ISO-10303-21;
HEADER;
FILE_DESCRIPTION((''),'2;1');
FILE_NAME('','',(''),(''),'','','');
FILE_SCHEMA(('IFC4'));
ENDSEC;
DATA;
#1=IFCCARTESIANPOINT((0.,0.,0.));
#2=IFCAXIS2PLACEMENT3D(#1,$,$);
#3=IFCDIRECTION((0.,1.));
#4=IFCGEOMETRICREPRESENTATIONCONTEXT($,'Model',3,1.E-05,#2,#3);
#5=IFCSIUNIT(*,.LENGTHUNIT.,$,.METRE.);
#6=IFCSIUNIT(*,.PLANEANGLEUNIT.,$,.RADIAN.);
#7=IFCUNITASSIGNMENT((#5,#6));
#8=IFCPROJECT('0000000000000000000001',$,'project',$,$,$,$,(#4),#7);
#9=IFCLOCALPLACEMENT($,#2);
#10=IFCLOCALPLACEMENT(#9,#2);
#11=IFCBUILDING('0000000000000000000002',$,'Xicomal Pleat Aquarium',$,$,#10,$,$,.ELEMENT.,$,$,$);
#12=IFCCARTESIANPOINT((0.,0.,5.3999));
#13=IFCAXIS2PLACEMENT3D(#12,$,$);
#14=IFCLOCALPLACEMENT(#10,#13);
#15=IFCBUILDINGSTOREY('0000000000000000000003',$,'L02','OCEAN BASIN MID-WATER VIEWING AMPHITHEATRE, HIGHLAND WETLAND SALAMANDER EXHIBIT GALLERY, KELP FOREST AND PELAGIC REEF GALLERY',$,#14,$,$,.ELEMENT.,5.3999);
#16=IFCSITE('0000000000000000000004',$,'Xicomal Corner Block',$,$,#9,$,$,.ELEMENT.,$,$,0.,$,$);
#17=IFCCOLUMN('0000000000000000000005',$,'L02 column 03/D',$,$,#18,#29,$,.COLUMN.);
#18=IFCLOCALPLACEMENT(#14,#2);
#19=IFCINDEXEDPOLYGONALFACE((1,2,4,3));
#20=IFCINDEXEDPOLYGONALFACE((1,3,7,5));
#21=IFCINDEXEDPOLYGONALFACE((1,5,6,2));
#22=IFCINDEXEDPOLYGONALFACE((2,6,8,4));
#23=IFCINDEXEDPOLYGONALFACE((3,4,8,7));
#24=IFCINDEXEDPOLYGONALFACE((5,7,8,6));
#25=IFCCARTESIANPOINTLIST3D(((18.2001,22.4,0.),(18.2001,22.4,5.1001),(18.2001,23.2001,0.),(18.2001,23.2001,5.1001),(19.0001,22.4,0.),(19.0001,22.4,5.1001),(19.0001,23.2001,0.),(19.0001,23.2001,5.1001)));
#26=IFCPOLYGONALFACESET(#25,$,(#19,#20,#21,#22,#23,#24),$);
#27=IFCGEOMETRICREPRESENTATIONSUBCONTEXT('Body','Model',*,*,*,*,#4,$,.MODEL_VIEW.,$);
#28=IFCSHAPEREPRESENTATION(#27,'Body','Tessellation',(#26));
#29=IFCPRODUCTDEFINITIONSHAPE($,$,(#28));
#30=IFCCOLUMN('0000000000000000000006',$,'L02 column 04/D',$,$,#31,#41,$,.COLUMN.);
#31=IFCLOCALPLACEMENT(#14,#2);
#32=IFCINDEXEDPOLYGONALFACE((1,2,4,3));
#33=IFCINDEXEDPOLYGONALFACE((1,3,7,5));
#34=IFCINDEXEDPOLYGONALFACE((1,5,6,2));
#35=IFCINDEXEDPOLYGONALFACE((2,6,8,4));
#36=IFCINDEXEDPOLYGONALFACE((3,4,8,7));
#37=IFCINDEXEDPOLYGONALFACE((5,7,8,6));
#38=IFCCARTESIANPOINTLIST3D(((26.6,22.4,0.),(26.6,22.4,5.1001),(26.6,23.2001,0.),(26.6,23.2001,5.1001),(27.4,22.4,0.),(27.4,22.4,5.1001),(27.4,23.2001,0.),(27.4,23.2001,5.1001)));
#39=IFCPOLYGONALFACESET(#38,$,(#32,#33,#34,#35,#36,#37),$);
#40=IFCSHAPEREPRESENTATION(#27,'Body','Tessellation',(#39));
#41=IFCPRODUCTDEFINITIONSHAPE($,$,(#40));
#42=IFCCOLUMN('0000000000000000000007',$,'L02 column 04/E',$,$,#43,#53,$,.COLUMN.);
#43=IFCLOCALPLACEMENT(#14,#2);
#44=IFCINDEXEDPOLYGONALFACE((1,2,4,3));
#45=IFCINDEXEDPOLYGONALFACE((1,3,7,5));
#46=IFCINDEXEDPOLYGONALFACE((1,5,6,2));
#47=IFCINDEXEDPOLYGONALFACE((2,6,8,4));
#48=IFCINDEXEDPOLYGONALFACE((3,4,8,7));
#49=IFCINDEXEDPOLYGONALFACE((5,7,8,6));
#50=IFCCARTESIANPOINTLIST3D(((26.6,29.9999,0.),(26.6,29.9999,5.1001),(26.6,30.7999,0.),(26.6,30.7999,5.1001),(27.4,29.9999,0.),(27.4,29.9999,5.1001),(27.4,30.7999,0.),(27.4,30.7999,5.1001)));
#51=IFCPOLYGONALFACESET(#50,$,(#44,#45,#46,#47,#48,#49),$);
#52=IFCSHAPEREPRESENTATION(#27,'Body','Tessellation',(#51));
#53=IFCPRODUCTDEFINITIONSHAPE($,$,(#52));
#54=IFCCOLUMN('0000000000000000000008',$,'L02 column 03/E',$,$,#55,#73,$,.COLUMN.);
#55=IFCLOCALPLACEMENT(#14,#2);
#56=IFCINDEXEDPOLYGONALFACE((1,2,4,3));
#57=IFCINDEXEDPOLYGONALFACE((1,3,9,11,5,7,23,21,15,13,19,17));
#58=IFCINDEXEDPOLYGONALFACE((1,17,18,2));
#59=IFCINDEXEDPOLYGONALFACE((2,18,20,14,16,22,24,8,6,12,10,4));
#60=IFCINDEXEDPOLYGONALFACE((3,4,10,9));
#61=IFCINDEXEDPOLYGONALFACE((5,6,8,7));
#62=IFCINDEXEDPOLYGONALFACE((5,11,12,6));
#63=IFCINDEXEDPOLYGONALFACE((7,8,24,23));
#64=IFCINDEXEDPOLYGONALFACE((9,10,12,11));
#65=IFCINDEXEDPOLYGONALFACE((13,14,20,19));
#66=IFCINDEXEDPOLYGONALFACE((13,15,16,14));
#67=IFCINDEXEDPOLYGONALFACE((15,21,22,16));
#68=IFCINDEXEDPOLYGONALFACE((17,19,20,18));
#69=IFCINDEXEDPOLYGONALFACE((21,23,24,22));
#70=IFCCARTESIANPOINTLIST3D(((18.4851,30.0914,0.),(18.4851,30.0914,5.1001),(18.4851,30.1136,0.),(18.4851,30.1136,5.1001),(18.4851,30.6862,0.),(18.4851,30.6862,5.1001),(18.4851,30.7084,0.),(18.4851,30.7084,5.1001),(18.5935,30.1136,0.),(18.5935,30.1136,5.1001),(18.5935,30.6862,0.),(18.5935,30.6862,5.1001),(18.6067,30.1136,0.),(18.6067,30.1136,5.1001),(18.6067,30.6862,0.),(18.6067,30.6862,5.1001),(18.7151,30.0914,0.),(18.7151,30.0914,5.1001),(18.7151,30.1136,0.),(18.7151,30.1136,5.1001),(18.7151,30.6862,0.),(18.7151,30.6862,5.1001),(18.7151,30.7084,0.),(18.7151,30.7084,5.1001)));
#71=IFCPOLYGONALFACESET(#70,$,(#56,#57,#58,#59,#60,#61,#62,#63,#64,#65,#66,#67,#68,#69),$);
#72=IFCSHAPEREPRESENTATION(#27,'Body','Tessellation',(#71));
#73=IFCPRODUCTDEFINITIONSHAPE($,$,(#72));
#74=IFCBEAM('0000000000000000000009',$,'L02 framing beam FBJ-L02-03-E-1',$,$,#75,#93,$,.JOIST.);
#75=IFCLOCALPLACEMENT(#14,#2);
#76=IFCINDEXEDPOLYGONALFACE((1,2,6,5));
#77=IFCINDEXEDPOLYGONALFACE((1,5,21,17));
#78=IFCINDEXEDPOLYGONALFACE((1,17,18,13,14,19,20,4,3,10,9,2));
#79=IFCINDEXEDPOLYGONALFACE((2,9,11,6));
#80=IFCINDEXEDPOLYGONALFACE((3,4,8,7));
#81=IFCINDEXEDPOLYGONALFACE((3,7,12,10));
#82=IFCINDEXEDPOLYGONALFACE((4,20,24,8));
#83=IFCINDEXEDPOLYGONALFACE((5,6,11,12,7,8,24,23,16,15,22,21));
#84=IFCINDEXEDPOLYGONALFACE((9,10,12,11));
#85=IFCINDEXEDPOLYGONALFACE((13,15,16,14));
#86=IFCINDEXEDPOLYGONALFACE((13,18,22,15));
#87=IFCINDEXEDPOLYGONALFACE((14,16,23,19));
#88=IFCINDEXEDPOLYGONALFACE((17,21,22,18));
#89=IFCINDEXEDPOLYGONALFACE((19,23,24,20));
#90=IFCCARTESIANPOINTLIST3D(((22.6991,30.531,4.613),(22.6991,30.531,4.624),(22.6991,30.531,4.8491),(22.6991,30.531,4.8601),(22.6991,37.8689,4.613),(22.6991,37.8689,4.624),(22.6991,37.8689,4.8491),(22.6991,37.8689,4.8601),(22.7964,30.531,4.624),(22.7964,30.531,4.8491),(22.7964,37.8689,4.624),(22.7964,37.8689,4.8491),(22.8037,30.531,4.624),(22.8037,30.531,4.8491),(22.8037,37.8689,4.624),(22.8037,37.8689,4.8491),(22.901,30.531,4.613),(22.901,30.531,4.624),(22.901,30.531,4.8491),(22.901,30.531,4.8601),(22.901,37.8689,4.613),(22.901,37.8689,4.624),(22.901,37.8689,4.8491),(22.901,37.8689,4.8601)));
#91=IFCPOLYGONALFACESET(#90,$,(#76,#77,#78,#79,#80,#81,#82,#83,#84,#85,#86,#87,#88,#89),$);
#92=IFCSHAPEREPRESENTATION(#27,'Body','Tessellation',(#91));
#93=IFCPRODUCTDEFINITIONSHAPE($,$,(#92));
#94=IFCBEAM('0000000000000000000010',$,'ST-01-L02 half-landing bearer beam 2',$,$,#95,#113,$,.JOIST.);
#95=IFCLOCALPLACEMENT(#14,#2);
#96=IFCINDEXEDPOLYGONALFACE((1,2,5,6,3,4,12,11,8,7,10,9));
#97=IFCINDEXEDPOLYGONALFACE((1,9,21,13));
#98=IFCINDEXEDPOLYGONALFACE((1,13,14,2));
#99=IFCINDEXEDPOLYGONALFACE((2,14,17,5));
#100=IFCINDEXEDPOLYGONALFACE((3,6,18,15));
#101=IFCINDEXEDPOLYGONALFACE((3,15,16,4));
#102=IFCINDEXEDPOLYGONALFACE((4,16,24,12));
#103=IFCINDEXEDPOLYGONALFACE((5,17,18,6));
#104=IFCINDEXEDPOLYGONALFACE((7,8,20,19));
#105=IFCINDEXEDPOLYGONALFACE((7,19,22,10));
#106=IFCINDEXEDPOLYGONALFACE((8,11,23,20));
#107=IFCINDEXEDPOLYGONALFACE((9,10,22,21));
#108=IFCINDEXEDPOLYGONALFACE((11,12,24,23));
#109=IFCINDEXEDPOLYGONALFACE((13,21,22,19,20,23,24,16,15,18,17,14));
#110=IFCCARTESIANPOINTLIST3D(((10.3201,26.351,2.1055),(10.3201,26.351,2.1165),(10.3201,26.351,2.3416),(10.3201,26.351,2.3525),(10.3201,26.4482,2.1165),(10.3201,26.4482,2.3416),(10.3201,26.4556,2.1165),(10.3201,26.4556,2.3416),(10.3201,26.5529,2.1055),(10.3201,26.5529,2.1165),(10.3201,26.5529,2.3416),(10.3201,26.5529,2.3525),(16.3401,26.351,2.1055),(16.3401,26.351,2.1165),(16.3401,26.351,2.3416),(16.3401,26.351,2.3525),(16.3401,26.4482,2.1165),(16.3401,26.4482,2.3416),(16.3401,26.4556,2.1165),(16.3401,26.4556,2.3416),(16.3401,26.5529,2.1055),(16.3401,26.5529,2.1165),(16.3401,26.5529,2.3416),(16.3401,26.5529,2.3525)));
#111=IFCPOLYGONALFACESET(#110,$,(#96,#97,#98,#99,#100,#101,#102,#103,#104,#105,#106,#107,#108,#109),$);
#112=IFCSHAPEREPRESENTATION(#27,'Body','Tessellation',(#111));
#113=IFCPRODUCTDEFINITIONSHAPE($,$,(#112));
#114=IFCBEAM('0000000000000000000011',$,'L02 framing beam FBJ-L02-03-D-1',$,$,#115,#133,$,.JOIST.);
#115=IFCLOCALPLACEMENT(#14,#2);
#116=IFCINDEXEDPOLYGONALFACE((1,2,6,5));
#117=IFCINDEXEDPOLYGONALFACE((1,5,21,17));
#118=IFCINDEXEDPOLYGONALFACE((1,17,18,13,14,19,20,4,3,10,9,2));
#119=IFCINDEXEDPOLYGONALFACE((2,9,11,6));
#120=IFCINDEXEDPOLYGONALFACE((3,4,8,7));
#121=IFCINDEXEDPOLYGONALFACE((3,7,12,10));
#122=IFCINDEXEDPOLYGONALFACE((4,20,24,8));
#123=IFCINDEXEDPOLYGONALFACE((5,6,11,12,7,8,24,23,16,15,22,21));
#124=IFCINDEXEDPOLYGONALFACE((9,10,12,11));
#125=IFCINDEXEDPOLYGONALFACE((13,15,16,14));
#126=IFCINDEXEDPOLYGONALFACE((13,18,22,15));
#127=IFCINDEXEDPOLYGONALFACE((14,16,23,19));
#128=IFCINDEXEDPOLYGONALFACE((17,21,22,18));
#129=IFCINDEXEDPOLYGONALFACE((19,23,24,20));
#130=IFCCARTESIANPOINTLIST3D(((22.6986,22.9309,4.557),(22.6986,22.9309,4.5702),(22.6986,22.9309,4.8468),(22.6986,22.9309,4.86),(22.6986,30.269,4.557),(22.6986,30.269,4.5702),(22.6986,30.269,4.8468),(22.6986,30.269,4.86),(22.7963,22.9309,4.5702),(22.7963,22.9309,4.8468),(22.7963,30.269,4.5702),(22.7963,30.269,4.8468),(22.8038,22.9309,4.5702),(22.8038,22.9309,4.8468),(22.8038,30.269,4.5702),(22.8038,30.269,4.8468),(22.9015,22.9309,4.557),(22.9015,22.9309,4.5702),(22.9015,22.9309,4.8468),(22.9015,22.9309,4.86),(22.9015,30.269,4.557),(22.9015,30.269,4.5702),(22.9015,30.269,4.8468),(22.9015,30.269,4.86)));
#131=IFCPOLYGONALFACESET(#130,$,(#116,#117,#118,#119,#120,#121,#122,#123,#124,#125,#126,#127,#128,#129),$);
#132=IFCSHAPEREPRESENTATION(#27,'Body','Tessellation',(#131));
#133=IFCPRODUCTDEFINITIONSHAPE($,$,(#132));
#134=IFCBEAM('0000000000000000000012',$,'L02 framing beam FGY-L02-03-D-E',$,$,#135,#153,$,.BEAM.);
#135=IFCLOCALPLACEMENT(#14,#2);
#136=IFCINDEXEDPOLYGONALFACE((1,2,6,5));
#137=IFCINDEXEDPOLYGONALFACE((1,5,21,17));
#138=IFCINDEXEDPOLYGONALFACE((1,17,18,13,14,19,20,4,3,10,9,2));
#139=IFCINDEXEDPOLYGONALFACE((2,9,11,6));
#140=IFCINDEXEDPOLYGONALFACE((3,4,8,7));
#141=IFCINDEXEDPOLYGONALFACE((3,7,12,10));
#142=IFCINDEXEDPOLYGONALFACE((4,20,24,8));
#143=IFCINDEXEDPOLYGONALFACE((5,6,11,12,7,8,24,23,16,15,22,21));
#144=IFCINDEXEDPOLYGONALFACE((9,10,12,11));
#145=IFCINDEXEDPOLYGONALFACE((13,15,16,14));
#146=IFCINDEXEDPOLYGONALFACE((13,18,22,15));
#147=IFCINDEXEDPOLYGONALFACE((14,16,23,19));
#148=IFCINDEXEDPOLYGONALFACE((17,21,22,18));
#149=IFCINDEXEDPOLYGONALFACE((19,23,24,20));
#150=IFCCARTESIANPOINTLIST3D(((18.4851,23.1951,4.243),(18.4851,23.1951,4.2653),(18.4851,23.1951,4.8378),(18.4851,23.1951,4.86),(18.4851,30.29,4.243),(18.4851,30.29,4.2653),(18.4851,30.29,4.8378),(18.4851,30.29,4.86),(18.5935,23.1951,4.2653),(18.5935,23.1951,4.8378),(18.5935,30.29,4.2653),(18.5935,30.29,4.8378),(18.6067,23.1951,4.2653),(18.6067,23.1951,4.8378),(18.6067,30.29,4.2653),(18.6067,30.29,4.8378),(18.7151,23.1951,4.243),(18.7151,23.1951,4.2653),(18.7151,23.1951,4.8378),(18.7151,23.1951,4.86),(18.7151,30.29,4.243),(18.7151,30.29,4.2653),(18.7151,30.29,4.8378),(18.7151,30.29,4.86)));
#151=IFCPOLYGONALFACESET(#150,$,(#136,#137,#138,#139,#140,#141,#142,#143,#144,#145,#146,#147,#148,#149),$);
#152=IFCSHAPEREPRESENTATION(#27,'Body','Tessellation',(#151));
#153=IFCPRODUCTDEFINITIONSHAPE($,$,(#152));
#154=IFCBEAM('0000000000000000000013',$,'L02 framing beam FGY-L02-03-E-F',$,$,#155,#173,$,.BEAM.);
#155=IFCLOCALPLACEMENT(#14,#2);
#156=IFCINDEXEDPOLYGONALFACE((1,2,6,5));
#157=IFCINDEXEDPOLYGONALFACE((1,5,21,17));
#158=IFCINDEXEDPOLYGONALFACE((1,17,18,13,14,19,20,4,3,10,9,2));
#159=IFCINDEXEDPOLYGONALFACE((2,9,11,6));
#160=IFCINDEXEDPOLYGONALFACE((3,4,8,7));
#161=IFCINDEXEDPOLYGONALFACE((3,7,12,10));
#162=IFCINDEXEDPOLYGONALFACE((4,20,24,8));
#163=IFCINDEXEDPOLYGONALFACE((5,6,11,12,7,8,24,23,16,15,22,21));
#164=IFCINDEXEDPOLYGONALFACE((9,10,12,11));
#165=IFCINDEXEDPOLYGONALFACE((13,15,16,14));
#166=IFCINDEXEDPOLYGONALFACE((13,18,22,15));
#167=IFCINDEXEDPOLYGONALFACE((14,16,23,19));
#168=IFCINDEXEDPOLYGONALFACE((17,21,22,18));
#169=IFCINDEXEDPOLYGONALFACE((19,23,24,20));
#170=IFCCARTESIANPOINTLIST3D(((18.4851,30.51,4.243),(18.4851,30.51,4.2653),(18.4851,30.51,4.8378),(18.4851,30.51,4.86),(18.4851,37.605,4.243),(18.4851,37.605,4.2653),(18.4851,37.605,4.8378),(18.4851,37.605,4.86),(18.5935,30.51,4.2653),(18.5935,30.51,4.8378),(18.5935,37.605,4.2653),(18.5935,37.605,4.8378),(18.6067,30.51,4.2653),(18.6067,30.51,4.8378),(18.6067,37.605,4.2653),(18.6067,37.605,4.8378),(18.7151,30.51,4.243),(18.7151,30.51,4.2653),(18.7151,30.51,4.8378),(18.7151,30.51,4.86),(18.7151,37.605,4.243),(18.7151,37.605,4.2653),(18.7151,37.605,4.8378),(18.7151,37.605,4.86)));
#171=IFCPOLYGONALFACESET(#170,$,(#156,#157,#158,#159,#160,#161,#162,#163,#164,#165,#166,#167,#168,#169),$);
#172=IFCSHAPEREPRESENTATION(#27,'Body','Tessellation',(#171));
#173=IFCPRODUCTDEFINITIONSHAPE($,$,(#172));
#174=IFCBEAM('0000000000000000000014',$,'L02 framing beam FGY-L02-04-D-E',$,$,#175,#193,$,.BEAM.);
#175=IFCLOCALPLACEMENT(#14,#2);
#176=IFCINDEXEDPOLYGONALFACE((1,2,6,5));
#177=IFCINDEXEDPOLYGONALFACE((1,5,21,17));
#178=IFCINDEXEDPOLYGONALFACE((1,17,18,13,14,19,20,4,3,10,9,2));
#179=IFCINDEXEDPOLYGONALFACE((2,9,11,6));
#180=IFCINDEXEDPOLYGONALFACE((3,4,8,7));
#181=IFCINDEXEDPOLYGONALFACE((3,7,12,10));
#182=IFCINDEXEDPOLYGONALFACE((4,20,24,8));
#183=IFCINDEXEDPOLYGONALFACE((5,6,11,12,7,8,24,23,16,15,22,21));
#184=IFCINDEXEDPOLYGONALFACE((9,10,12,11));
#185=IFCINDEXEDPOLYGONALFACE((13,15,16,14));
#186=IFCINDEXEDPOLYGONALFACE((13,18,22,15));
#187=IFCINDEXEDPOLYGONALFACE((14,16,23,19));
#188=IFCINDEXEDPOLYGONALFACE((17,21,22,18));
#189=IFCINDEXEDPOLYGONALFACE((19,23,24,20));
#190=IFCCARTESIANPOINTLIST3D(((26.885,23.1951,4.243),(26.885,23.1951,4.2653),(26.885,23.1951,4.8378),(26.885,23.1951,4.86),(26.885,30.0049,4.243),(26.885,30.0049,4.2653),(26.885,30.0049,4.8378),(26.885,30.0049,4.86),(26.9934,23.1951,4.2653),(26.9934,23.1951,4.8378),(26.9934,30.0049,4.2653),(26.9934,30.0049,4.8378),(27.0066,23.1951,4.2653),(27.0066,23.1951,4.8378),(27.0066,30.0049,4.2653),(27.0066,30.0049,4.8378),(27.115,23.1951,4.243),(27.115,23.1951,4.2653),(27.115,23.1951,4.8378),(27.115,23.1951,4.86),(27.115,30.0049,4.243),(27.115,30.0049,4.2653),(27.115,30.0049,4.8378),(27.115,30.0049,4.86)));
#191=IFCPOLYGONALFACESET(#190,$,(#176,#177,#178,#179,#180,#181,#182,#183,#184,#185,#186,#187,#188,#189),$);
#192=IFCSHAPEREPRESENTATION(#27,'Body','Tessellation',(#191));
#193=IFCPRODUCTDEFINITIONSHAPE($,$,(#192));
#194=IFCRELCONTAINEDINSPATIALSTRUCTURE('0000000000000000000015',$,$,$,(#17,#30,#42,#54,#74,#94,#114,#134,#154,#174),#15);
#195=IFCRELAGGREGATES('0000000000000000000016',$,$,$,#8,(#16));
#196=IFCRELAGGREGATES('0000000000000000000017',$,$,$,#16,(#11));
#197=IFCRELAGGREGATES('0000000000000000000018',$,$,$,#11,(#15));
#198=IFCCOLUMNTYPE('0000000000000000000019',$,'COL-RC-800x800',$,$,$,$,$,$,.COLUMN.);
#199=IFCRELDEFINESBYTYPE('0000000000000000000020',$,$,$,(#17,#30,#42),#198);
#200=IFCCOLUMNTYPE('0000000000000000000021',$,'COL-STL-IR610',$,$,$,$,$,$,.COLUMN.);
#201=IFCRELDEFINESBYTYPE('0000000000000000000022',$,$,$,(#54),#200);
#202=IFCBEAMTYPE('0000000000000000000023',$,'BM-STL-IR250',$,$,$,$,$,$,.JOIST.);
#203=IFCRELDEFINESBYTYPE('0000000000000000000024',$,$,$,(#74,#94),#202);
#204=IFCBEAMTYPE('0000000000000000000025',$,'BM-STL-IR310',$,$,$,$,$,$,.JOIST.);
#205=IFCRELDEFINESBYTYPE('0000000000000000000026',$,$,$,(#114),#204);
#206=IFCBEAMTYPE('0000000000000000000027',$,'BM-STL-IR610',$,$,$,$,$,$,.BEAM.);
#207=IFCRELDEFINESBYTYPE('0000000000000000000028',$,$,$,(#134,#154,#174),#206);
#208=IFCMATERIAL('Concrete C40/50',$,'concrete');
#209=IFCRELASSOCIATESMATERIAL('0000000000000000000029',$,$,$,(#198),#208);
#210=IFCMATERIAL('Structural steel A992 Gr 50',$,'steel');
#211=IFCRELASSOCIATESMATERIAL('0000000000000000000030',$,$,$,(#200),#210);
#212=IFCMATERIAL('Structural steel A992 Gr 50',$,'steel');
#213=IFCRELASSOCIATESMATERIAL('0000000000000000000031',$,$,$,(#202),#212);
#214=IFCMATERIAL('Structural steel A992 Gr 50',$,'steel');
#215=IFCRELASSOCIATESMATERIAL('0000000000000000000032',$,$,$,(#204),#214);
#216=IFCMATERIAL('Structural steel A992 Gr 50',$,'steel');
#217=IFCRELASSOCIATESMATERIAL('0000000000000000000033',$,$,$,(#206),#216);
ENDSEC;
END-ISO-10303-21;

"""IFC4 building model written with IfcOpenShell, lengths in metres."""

from ifc_helpers import new_model, si_unit, direction, frame, origin, origin_2d, place, context, subcontext, project, spatial, rectangle, i_section, extrude, material, material_profile, profile_set, type_object, element, save


model = new_model("IFC4")

# Units and contexts
model_context = context("Model", 3, precision=1e-05, world=origin(), true_north=direction((0.0, 1.0)))
body_context = subcontext(model_context, "Body", "Model", "MODEL_VIEW")
ifc_project = project(units=[si_unit("LENGTHUNIT", "METRE"), si_unit("PLANEANGLEUNIT", "RADIAN")], contexts=[model_context])

# Site, building, storey
site_placement = place(None, origin())
site = spatial("IfcSite", under=ifc_project, at=site_placement, Name="Xicomal Corner Block", CompositionType="ELEMENT", RefElevation=0.0)
building_placement = place(site_placement, origin())
building = spatial("IfcBuilding", under=site, at=building_placement, Name="Xicomal Pleat Aquarium", CompositionType="ELEMENT")
storey_placement = place(building_placement, frame((0.0, 0.0, 5.3999)))
storey = spatial("IfcBuildingStorey", under=building, at=storey_placement, Name="L02", Description="OCEAN BASIN MID-WATER VIEWING AMPHITHEATRE, HIGHLAND WETLAND SALAMANDER EXHIBIT GALLERY, KELP FOREST AND PELAGIC REEF GALLERY", CompositionType="ELEMENT", Elevation=5.3999)

# Columns
ifc_material_1 = material(Name="Concrete C40/50", Category="concrete")
ifc_material_profile_1 = material_profile(ifc_material_1, rectangle(XDim=0.8, YDim=0.8, at=origin_2d()), Name="RC 800x800")
ifc_profile_set_1 = profile_set([ifc_material_profile_1], Name="Concrete C40/50")
column_type_1 = type_object("IfcColumnType", Name="COL-RC-800x800", PredefinedType="COLUMN", material=ifc_profile_set_1)
for number, where, z_axis, x_axis, name in (
    (1, (18.6001, 22.8, 0.0), (0.0, 0.0, 1.0), (1.0, 0.0, 0.0), "L02 column 03/D"),
    (2, (27.0, 22.8, 0.0), (0.0, 0.0, 1.0), (1.0, 0.0, 0.0), "L02 column 04/D"),
    (3, (27.0, 30.3999, 0.0), (0.0, 0.0, 1.0), (1.0, 0.0, 0.0), "L02 column 04/E"),
):
    element("IfcColumn", number, at=place(storey_placement, frame(where, z_axis=z_axis, x_axis=x_axis)), inside=storey, type_object=column_type_1, Name=name, PredefinedType="COLUMN", context=body_context, shape_type="SweptSolid", body=[
        extrude(rectangle(XDim=0.8, YDim=0.8, at=origin_2d()), origin(), (0.0, 0.0, 1.0), 5.1001),
    ])
ifc_material_2 = material(Name="Structural steel A992 Gr 50", Category="steel")
ifc_material_profile_2 = material_profile(ifc_material_2, i_section(OverallWidth=0.23, OverallDepth=0.6169, WebThickness=0.0132, FlangeThickness=0.0222, at=origin_2d()), Name="IR 610x140")
ifc_profile_set_2 = profile_set([ifc_material_profile_2], Name="Structural steel A992 Gr 50")
column_type_2 = type_object("IfcColumnType", Name="COL-STL-IR610", PredefinedType="COLUMN", material=ifc_profile_set_2)
column_placement = place(storey_placement, frame((18.6001, 30.3999, 0.0), z_axis=(0.0, 0.0, 1.0), x_axis=(1.0, 0.0, 0.0)))
element("IfcColumn", 4, at=column_placement, inside=storey, type_object=column_type_2, Name="L02 column 03/E", PredefinedType="COLUMN", context=body_context, shape_type="SweptSolid", body=[
    extrude(i_section(OverallWidth=0.23, OverallDepth=0.6169, WebThickness=0.0132, FlangeThickness=0.0222, at=origin_2d()), origin(), (0.0, 0.0, 1.0), 5.1001),
])

# Beams
ifc_material_3 = material(Name="Structural steel A992 Gr 50", Category="steel")
ifc_material_profile_3 = material_profile(ifc_material_3, i_section(OverallWidth=0.2019, OverallDepth=0.2471, WebThickness=0.0073, FlangeThickness=0.011, at=origin_2d()), Name="IR 250x49")
ifc_profile_set_3 = profile_set([ifc_material_profile_3], Name="Structural steel A992 Gr 50")
beam_type_1 = type_object("IfcBeamType", Name="BM-STL-IR250", PredefinedType="JOIST", material=ifc_profile_set_3)
beam_1_placement = place(storey_placement, frame((22.8, 30.531, 4.7366), z_axis=(0.0, 1.0, 0.0), x_axis=(-1.0, 0.0, 0.0)))
element("IfcBeam", 5, at=beam_1_placement, inside=storey, type_object=beam_type_1, Name="L02 framing beam FBJ-L02-03-E-1", PredefinedType="JOIST", context=body_context, shape_type="SweptSolid", body=[
    extrude(i_section(OverallWidth=0.2019, OverallDepth=0.2471, WebThickness=0.0073, FlangeThickness=0.011, at=origin_2d()), origin(), (0.0, 0.0, 1.0), 7.3379),
])
beam_2_placement = place(storey_placement, frame((10.3201, 26.4519, 2.229), z_axis=(1.0, 0.0, 0.0), x_axis=(0.0, 1.0, 0.0)))
element("IfcBeam", 6, at=beam_2_placement, inside=storey, type_object=beam_type_1, Name="ST-01-L02 half-landing bearer beam 2", PredefinedType="JOIST", context=body_context, shape_type="SweptSolid", body=[
    extrude(i_section(OverallWidth=0.2019, OverallDepth=0.2471, WebThickness=0.0073, FlangeThickness=0.011, at=origin_2d()), origin(), (0.0, 0.0, 1.0), 6.02),
])
ifc_material_4 = material(Name="Structural steel A992 Gr 50", Category="steel")
ifc_material_profile_4 = material_profile(ifc_material_4, i_section(OverallWidth=0.2029, OverallDepth=0.303, WebThickness=0.0076, FlangeThickness=0.0132, at=origin_2d()), Name="IR 310x60")
ifc_profile_set_4 = profile_set([ifc_material_profile_4], Name="Structural steel A992 Gr 50")
beam_type_2 = type_object("IfcBeamType", Name="BM-STL-IR310", PredefinedType="JOIST", material=ifc_profile_set_4)
beam_3_placement = place(storey_placement, frame((22.8, 22.9309, 4.7085), z_axis=(0.0, 1.0, 0.0), x_axis=(-1.0, 0.0, 0.0)))
element("IfcBeam", 7, at=beam_3_placement, inside=storey, type_object=beam_type_2, Name="L02 framing beam FBJ-L02-03-D-1", PredefinedType="JOIST", context=body_context, shape_type="SweptSolid", body=[
    extrude(i_section(OverallWidth=0.2029, OverallDepth=0.303, WebThickness=0.0076, FlangeThickness=0.0132, at=origin_2d()), origin(), (0.0, 0.0, 1.0), 7.3381),
])
ifc_material_5 = material(Name="Structural steel A992 Gr 50", Category="steel")
ifc_material_profile_5 = material_profile(ifc_material_5, i_section(OverallWidth=0.23, OverallDepth=0.6169, WebThickness=0.0132, FlangeThickness=0.0222, at=origin_2d()), Name="IR 610x140")
ifc_profile_set_5 = profile_set([ifc_material_profile_5], Name="Structural steel A992 Gr 50")
beam_type_3 = type_object("IfcBeamType", Name="BM-STL-IR610", PredefinedType="BEAM", material=ifc_profile_set_5)
for number, where, z_axis, x_axis, name in (
    (8, (18.6001, 23.1951, 4.5515), (0.0, 1.0, 0.0), (-1.0, 0.0, 0.0), "L02 framing beam FGY-L02-03-D-E"),
    (9, (18.6001, 30.51, 4.5515), (0.0, 1.0, 0.0), (-1.0, 0.0, 0.0), "L02 framing beam FGY-L02-03-E-F"),
):
    element("IfcBeam", number, at=place(storey_placement, frame(where, z_axis=z_axis, x_axis=x_axis)), inside=storey, type_object=beam_type_3, Name=name, PredefinedType="BEAM", context=body_context, shape_type="SweptSolid", body=[
        extrude(i_section(OverallWidth=0.23, OverallDepth=0.6169, WebThickness=0.0132, FlangeThickness=0.0222, at=origin_2d()), origin(), (0.0, 0.0, 1.0), 7.095),
    ])
beam_4_placement = place(storey_placement, frame((27.0, 23.1951, 4.5515), z_axis=(0.0, 1.0, 0.0), x_axis=(-1.0, 0.0, 0.0)))
element("IfcBeam", 10, at=beam_4_placement, inside=storey, type_object=beam_type_3, Name="L02 framing beam FGY-L02-04-D-E", PredefinedType="BEAM", context=body_context, shape_type="SweptSolid", body=[
    extrude(i_section(OverallWidth=0.23, OverallDepth=0.6169, WebThickness=0.0132, FlangeThickness=0.0222, at=origin_2d()), origin(), (0.0, 0.0, 1.0), 6.8098),
])

save(model, "model.ifc")
